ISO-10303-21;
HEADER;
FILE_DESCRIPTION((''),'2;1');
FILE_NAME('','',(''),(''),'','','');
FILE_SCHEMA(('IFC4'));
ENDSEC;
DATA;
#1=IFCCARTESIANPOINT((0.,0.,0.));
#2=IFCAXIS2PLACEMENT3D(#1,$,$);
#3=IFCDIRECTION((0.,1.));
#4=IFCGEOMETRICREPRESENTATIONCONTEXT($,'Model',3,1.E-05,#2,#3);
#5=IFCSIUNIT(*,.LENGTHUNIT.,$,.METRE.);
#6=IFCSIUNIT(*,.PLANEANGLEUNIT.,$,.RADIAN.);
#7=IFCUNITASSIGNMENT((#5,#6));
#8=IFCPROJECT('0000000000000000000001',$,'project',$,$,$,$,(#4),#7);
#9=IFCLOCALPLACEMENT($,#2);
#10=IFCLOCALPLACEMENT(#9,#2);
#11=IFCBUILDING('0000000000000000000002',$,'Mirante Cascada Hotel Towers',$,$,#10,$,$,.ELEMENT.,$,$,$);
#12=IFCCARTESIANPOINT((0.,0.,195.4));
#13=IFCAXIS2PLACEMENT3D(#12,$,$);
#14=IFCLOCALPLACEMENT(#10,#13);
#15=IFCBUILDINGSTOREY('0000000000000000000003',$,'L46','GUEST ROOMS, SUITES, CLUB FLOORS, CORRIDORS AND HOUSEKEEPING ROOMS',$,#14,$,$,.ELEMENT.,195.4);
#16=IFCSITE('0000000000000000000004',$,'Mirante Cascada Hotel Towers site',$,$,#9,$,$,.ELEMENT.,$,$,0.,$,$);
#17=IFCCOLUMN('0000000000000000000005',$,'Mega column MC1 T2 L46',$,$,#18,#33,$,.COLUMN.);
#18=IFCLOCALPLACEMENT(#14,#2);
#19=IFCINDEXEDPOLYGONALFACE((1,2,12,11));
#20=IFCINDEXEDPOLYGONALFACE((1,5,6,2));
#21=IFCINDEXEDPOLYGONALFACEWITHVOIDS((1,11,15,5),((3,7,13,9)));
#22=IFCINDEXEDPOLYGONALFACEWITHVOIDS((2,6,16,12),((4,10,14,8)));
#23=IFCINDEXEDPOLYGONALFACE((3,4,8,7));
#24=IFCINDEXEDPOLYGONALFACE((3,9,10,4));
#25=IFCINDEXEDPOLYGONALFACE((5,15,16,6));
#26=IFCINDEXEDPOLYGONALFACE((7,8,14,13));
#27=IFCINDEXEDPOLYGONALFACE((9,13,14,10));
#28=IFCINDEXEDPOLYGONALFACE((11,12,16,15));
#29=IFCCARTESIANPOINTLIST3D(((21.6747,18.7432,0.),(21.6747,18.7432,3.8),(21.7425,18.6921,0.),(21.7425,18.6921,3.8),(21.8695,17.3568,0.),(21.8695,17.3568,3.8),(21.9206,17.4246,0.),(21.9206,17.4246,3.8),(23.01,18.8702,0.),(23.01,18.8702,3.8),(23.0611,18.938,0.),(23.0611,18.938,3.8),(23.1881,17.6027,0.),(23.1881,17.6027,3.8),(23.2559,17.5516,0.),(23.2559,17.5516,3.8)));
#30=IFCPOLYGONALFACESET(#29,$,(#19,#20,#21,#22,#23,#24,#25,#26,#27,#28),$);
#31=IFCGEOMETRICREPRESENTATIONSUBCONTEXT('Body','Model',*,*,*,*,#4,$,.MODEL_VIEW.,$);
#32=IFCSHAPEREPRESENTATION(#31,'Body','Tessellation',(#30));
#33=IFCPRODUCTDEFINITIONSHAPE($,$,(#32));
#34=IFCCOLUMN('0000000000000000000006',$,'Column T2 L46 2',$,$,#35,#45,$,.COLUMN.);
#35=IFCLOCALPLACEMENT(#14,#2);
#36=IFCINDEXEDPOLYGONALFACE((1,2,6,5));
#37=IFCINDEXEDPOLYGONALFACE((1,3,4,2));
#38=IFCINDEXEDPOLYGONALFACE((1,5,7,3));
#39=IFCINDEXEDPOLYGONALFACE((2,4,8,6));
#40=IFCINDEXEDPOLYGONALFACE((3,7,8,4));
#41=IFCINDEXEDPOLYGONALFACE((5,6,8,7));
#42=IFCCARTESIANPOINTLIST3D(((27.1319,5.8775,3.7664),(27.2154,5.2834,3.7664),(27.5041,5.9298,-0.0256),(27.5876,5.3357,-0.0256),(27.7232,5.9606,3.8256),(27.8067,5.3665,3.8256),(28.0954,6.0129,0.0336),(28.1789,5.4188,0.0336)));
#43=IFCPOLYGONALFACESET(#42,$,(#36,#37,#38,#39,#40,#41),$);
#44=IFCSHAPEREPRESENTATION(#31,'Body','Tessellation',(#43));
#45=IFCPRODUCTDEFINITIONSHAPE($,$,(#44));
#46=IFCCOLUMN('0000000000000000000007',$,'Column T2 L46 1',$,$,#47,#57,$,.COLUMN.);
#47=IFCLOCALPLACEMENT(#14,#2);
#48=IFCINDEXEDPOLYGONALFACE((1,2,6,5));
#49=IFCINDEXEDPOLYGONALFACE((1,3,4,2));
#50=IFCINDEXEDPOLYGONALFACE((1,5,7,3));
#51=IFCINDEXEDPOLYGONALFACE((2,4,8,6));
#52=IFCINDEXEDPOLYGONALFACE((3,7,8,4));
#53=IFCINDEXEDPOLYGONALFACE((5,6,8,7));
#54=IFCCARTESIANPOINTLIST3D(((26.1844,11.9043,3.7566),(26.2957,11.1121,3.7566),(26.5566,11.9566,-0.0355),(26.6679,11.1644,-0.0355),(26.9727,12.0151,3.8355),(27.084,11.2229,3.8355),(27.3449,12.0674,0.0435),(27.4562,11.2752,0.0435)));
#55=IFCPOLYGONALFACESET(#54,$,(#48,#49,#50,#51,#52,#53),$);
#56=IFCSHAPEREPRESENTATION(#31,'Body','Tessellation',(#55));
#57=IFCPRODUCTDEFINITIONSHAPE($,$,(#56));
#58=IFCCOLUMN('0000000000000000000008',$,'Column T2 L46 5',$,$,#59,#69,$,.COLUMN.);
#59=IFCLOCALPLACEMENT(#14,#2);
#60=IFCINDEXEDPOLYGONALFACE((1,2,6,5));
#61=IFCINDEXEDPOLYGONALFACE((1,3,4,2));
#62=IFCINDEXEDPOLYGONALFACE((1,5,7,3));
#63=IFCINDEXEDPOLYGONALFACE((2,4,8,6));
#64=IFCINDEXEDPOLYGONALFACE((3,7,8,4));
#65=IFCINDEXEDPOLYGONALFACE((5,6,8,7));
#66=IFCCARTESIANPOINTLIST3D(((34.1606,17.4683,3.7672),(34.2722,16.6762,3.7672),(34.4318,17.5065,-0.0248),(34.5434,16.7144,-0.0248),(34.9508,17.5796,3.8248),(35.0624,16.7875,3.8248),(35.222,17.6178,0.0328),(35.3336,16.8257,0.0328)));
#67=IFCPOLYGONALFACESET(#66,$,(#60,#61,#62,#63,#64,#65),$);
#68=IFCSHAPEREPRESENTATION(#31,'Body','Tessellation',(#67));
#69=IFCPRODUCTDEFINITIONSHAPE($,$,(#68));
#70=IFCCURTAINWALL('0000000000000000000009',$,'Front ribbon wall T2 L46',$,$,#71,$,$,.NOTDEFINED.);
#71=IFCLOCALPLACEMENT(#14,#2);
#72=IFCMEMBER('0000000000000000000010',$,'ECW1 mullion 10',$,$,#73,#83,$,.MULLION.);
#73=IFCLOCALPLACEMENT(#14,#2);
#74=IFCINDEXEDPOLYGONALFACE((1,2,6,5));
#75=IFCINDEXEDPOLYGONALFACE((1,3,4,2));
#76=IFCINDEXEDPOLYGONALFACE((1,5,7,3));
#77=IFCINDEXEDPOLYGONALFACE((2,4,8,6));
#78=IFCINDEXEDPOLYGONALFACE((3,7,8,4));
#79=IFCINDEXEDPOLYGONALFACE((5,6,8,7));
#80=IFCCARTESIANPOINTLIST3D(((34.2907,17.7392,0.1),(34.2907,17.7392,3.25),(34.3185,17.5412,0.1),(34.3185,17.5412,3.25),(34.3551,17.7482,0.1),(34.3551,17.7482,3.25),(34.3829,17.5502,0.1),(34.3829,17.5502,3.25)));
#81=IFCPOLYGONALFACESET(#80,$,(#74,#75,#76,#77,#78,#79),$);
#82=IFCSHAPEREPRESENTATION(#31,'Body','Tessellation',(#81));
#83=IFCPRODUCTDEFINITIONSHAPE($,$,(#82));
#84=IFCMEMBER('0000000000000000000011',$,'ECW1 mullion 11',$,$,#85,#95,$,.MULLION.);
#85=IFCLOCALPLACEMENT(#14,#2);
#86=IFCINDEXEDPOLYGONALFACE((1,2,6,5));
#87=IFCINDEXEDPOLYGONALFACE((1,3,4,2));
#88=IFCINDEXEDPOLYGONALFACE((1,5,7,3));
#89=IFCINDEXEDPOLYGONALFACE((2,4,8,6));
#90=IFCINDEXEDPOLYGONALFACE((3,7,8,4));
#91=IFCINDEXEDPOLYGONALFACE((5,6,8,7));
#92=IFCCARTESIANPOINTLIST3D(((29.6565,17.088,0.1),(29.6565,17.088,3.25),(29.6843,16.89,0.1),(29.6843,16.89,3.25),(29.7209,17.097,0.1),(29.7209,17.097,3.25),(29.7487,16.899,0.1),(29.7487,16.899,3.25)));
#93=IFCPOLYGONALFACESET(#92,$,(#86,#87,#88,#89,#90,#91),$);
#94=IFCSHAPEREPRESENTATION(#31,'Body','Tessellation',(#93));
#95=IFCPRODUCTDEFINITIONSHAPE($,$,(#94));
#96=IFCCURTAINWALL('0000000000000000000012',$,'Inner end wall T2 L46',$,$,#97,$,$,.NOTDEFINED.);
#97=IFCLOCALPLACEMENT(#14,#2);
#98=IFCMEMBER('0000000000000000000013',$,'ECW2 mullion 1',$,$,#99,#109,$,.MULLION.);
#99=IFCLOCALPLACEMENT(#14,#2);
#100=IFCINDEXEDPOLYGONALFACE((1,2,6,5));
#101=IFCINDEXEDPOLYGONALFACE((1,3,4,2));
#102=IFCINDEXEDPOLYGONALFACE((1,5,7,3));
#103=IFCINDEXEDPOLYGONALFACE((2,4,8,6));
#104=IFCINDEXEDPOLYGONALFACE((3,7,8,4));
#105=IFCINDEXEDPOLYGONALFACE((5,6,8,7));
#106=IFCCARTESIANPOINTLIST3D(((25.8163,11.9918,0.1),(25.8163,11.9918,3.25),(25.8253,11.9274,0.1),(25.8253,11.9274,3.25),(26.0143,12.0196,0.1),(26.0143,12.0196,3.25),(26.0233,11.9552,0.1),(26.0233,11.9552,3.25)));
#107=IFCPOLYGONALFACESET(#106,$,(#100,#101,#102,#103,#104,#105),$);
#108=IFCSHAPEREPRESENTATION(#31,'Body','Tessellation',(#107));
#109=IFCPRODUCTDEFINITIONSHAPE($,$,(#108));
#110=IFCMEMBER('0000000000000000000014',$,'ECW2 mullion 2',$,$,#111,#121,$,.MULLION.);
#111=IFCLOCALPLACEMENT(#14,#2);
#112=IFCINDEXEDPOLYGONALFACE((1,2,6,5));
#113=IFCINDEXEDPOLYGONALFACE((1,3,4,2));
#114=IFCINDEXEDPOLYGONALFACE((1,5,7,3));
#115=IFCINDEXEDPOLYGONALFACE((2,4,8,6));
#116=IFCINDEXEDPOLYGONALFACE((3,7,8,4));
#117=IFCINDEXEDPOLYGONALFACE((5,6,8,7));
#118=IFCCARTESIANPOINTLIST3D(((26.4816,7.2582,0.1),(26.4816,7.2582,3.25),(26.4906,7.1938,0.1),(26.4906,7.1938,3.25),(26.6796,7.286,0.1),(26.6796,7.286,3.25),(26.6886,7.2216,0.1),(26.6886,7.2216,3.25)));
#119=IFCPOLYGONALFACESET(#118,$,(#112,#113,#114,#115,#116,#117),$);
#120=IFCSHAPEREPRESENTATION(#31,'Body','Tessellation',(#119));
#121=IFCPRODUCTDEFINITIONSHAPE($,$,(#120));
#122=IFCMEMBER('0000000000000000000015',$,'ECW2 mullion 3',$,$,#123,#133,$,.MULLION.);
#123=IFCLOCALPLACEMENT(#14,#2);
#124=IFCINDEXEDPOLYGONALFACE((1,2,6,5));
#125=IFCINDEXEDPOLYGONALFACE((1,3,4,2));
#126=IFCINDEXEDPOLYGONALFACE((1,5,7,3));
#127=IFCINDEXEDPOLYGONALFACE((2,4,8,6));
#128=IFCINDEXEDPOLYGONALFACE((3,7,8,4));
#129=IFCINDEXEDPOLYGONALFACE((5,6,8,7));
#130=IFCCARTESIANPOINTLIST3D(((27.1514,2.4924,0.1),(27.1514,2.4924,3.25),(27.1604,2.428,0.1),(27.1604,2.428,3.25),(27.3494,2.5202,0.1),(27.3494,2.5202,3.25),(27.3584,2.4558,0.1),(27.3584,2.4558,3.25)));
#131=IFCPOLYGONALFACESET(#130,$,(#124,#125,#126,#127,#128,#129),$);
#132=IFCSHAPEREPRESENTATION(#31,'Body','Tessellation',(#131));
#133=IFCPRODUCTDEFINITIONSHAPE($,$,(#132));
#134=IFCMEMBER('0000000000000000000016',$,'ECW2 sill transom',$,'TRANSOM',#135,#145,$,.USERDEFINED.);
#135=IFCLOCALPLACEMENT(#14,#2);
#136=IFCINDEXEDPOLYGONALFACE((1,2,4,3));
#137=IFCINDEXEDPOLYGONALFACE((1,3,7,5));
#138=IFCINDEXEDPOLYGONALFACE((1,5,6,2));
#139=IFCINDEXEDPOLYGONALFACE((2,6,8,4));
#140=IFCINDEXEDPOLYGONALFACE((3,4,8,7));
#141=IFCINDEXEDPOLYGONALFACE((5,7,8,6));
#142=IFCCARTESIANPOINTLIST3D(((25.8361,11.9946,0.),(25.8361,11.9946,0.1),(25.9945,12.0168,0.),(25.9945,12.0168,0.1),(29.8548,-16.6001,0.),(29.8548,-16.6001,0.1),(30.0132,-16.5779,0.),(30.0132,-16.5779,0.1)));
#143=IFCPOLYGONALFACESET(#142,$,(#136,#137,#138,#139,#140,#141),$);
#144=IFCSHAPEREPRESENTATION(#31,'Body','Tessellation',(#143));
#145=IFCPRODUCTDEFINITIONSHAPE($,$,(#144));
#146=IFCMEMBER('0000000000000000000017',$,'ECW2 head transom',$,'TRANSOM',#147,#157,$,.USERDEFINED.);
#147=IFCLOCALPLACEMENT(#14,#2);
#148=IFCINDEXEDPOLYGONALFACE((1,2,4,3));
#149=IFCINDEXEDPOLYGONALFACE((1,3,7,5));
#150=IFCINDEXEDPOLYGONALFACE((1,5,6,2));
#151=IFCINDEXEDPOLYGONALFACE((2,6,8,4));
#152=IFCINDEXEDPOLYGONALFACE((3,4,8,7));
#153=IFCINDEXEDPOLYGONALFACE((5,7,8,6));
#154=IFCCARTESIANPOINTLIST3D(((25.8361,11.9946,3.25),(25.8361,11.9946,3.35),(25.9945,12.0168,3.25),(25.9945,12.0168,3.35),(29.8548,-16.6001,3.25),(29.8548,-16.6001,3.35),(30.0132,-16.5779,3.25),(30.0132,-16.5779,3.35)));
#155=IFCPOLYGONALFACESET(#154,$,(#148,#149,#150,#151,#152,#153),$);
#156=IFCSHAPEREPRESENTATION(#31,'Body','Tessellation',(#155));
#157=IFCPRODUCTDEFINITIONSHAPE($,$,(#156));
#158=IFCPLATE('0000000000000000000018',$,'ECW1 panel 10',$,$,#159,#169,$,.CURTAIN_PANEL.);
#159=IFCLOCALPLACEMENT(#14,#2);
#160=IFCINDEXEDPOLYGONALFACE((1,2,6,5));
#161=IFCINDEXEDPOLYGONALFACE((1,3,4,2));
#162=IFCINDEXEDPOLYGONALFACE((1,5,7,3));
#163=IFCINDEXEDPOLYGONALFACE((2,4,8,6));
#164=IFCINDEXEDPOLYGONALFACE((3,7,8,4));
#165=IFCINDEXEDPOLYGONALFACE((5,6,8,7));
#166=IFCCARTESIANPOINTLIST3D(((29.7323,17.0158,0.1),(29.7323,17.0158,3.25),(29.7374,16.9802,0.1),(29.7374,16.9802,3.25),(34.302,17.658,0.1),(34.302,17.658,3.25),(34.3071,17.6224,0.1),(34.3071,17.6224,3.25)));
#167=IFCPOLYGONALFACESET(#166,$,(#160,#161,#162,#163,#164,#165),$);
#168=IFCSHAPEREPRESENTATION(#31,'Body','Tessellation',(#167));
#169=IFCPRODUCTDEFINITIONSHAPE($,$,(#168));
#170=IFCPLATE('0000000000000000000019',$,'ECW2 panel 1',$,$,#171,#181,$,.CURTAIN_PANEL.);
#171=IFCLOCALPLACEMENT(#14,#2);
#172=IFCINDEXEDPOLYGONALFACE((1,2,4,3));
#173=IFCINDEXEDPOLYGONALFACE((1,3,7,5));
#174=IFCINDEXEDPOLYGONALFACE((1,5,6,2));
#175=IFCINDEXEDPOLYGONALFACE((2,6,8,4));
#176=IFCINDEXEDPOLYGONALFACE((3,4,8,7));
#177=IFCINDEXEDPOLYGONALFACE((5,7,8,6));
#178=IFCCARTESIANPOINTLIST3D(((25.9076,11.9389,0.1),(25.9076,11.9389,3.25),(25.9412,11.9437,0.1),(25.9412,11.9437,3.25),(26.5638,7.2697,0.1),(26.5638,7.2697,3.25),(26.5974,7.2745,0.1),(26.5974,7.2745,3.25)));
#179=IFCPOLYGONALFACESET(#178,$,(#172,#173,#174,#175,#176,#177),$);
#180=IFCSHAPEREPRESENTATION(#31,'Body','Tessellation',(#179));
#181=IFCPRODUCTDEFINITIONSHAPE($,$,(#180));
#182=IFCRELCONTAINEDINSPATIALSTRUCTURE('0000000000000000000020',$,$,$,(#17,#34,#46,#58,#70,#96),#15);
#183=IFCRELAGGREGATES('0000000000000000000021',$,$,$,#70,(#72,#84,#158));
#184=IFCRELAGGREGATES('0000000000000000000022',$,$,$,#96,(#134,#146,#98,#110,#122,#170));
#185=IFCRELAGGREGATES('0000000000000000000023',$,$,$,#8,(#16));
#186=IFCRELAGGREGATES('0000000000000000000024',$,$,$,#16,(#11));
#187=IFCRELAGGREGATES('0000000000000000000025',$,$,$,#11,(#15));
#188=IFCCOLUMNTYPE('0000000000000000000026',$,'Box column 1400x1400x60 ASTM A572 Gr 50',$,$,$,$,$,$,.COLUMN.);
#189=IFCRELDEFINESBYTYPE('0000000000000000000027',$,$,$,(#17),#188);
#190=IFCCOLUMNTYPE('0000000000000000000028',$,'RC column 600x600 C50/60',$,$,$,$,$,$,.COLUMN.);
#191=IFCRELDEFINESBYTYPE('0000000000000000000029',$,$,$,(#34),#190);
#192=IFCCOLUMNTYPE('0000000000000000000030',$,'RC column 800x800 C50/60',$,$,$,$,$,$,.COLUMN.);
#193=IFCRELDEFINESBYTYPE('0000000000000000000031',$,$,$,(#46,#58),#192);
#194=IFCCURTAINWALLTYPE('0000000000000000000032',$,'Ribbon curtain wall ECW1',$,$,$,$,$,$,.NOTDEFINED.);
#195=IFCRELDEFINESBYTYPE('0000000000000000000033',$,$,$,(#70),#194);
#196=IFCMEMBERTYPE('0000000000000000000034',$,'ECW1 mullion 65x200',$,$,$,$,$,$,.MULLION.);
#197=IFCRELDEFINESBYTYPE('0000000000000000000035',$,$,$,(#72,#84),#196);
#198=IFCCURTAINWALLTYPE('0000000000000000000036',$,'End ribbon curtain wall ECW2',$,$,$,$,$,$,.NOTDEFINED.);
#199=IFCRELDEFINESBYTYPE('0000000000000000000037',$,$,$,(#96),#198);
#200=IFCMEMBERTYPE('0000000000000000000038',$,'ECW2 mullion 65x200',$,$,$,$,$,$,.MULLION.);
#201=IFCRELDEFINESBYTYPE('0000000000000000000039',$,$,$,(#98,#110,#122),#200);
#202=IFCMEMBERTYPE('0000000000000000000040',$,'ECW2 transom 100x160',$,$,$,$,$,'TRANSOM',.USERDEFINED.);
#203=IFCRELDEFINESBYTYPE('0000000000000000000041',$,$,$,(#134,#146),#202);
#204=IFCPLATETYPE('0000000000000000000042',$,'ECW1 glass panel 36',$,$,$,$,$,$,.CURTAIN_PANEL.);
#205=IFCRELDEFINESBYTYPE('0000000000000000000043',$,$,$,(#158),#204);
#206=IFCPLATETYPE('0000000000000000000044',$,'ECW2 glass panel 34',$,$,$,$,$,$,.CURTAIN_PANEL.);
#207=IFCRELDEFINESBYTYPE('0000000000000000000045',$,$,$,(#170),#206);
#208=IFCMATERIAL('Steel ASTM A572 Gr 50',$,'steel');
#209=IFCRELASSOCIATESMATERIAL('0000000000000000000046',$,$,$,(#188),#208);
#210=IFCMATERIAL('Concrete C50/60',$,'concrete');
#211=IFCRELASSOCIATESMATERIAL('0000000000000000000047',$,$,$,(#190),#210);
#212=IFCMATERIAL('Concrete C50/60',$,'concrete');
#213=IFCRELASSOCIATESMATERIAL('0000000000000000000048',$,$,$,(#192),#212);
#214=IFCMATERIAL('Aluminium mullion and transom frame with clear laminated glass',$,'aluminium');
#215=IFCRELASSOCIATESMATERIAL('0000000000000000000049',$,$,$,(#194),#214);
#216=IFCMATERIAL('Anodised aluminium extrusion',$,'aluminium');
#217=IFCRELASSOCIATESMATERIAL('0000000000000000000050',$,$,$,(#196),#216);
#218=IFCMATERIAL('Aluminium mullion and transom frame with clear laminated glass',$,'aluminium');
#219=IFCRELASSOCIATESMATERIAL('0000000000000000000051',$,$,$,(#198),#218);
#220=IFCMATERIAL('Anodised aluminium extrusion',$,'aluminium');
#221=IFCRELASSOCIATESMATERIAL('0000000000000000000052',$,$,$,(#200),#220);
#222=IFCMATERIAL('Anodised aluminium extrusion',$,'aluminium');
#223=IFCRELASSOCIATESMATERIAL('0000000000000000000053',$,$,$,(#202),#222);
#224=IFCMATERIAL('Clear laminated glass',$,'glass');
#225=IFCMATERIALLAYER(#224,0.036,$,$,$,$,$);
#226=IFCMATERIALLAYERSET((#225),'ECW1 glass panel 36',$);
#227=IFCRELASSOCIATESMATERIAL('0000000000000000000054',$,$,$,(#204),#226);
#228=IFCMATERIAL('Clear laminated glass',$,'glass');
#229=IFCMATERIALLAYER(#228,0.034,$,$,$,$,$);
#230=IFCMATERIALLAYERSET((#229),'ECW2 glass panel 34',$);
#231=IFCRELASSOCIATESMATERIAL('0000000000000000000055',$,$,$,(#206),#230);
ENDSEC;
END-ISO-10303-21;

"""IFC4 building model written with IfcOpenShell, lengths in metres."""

from ifc_helpers import new_model, si_unit, direction, frame, origin, origin_2d, place, context, subcontext, project, spatial, rectangle, hollow_rectangle, extrude, material, layer, layer_set, material_profile, profile_set, type_object, element, aggregate, save


model = new_model("IFC4")

# Units and contexts
model_context = context("Model", 3, precision=1e-05, world=origin(), true_north=direction((0.0, 1.0)))
body_context = subcontext(model_context, "Body", "Model", "MODEL_VIEW")
ifc_project = project(units=[si_unit("LENGTHUNIT", "METRE"), si_unit("PLANEANGLEUNIT", "RADIAN")], contexts=[model_context])

# Site, building, storey
site_placement = place(None, origin())
site = spatial("IfcSite", under=ifc_project, at=site_placement, Name="Mirante Cascada Hotel Towers site", CompositionType="ELEMENT", RefElevation=0.0)
building_placement = place(site_placement, origin())
building = spatial("IfcBuilding", under=site, at=building_placement, Name="Mirante Cascada Hotel Towers", CompositionType="ELEMENT")
storey_placement = place(building_placement, frame((0.0, 0.0, 195.4)))
storey = spatial("IfcBuildingStorey", under=building, at=storey_placement, Name="L46", Description="GUEST ROOMS, SUITES, CLUB FLOORS, CORRIDORS AND HOUSEKEEPING ROOMS", CompositionType="ELEMENT", Elevation=195.4)

# Columns
ifc_material_1 = material(Name="Steel ASTM A572 Gr 50", Category="steel")
ifc_material_profile_1 = material_profile(ifc_material_1, hollow_rectangle(XDim=1.4, YDim=1.4, WallThickness=0.06, at=origin_2d()), Name="Box column 1400x1400x60 ASTM A572 Gr 50")
ifc_profile_set_1 = profile_set([ifc_material_profile_1], Name="Steel ASTM A572 Gr 50")
column_type_1 = type_object("IfcColumnType", Name="Box column 1400x1400x60 ASTM A572 Gr 50", PredefinedType="COLUMN", material=ifc_profile_set_1)
column_1_placement = place(storey_placement, frame((22.4653, 18.1474, 0.0), z_axis=(0.0, 0.0, 1.0), x_axis=(0.990268, 0.139173, 0.0)))
element("IfcColumn", 1, at=column_1_placement, inside=storey, type_object=column_type_1, Name="Mega column MC1 T2 L46", PredefinedType="COLUMN", context=body_context, shape_type="SweptSolid", body=[
    extrude(hollow_rectangle(XDim=1.4, YDim=1.4, WallThickness=0.06, at=origin_2d()), origin(), (0.0, 0.0, 1.0), 3.8),
])
ifc_material_2 = material(Name="Concrete C50/60", Category="concrete")
ifc_material_profile_2 = material_profile(ifc_material_2, rectangle(XDim=0.6, YDim=0.6, at=origin_2d()), Name="RC column 600x600 C50/60")
ifc_profile_set_2 = profile_set([ifc_material_profile_2], Name="Concrete C50/60")
column_type_2 = type_object("IfcColumnType", Name="RC column 600x600 C50/60", PredefinedType="COLUMN", material=ifc_profile_set_2)
column_2_placement = place(storey_placement, frame((27.8415, 5.6743, 0.004), z_axis=(-0.097675, -0.013725, 0.995124), x_axis=(0.139149, -0.990271, 0.0)))
element("IfcColumn", 2, at=column_2_placement, inside=storey, type_object=column_type_2, Name="Column T2 L46 2", PredefinedType="COLUMN", context=body_context, shape_type="SweptSolid", body=[
    extrude(rectangle(XDim=0.6, YDim=0.6, at=origin_2d()), origin(), (0.0, 0.0, 1.0), 3.8106),
])
ifc_material_3 = material(Name="Concrete C50/60", Category="concrete")
ifc_material_profile_3 = material_profile(ifc_material_3, rectangle(XDim=0.8, YDim=0.8, at=origin_2d()), Name="RC column 800x800 C50/60")
ifc_profile_set_3 = profile_set([ifc_material_profile_3], Name="Concrete C50/60")
column_type_3 = type_object("IfcColumnType", Name="RC column 800x800 C50/60", PredefinedType="COLUMN", material=ifc_profile_set_3)
column_3_placement = place(storey_placement, frame((27.0064, 11.6159, 0.004), z_axis=(-0.097675, -0.013725, 0.995124), x_axis=(0.139149, -0.990271, 0.0)))
element("IfcColumn", 3, at=column_3_placement, inside=storey, type_object=column_type_3, Name="Column T2 L46 1", PredefinedType="COLUMN", context=body_context, shape_type="SweptSolid", body=[
    extrude(rectangle(XDim=0.8, YDim=0.8, at=origin_2d()), origin(), (0.0, 0.0, 1.0), 3.8106),
])
column_4_placement = place(storey_placement, frame((34.8827, 17.1661, 0.004), z_axis=(-0.071333, -0.010048, 0.997402), x_axis=(0.139479, -0.990225, 0.0)))
element("IfcColumn", 4, at=column_4_placement, inside=storey, type_object=column_type_3, Name="Column T2 L46 5", PredefinedType="COLUMN", context=body_context, shape_type="SweptSolid", body=[
    extrude(rectangle(XDim=0.8, YDim=0.8, at=origin_2d()), origin(), (0.0, 0.0, 1.0), 3.8019),
])

# Curtain walls, members
ifc_material_4 = material(Name="Aluminium mullion and transom frame with clear laminated glass", Category="aluminium")
curtain_wall_type_1 = type_object("IfcCurtainWallType", Name="Ribbon curtain wall ECW1", PredefinedType="NOTDEFINED", material=ifc_material_4)
curtain_wall_1_placement = place(storey_placement, origin())
curtain_wall_1 = element("IfcCurtainWall", 5, at=curtain_wall_1_placement, inside=storey, type_object=curtain_wall_type_1, Name="Front ribbon wall T2 L46", PredefinedType="NOTDEFINED")
ifc_material_5 = material(Name="Anodised aluminium extrusion", Category="aluminium")
ifc_material_profile_4 = material_profile(ifc_material_5, rectangle(XDim=0.2, YDim=0.065, at=origin_2d()), Name="ECW1 MULLION 65x200")
ifc_profile_set_4 = profile_set([ifc_material_profile_4], Name="Anodised aluminium extrusion")
member_type_1 = type_object("IfcMemberType", Name="ECW1 mullion 65x200", PredefinedType="MULLION", material=ifc_profile_set_4)
member_1_placement = place(storey_placement, frame((34.3368, 17.6447, 0.1), z_axis=(0.0, 0.0, 1.0), x_axis=(0.139173, -0.990268, 0.0)))
member_1 = element("IfcMember", 6, at=member_1_placement, type_object=member_type_1, Name="ECW1 mullion 10", PredefinedType="MULLION", context=body_context, shape_type="SweptSolid", body=[
    extrude(rectangle(XDim=0.2, YDim=0.065, at=origin_2d()), origin(), (0.0, 0.0, 1.0), 3.15),
])
member_2_placement = place(storey_placement, frame((29.7026, 16.9935, 0.1), z_axis=(0.0, 0.0, 1.0), x_axis=(0.139173, -0.990268, 0.0)))
member_2 = element("IfcMember", 7, at=member_2_placement, type_object=member_type_1, Name="ECW1 mullion 11", PredefinedType="MULLION", context=body_context, shape_type="SweptSolid", body=[
    extrude(rectangle(XDim=0.2, YDim=0.065, at=origin_2d()), origin(), (0.0, 0.0, 1.0), 3.15),
])
ifc_material_6 = material(Name="Aluminium mullion and transom frame with clear laminated glass", Category="aluminium")
curtain_wall_type_2 = type_object("IfcCurtainWallType", Name="End ribbon curtain wall ECW2", PredefinedType="NOTDEFINED", material=ifc_material_6)
curtain_wall_2_placement = place(storey_placement, origin())
curtain_wall_2 = element("IfcCurtainWall", 8, at=curtain_wall_2_placement, inside=storey, type_object=curtain_wall_type_2, Name="Inner end wall T2 L46", PredefinedType="NOTDEFINED")
ifc_material_7 = material(Name="Anodised aluminium extrusion", Category="aluminium")
ifc_material_profile_5 = material_profile(ifc_material_7, rectangle(XDim=0.2, YDim=0.065, at=origin_2d()), Name="ECW2 MULLION 65x200")
ifc_profile_set_5 = profile_set([ifc_material_profile_5], Name="Anodised aluminium extrusion")
member_type_2 = type_object("IfcMemberType", Name="ECW2 mullion 65x200", PredefinedType="MULLION", material=ifc_profile_set_5)
member_3_placement = place(storey_placement, frame((25.9198, 11.9735, 0.1), z_axis=(0.0, 0.0, 1.0), x_axis=(0.990268, 0.139173, 0.0)))
member_3 = element("IfcMember", 9, at=member_3_placement, type_object=member_type_2, Name="ECW2 mullion 1", PredefinedType="MULLION", context=body_context, shape_type="SweptSolid", body=[
    extrude(rectangle(XDim=0.2, YDim=0.065, at=origin_2d()), origin(), (0.0, 0.0, 1.0), 3.15),
])
member_4_placement = place(storey_placement, frame((26.5851, 7.2399, 0.1), z_axis=(0.0, 0.0, 1.0), x_axis=(0.990268, 0.139173, 0.0)))
member_4 = element("IfcMember", 10, at=member_4_placement, type_object=member_type_2, Name="ECW2 mullion 2", PredefinedType="MULLION", context=body_context, shape_type="SweptSolid", body=[
    extrude(rectangle(XDim=0.2, YDim=0.065, at=origin_2d()), origin(), (0.0, 0.0, 1.0), 3.15),
])
member_5_placement = place(storey_placement, frame((27.2549, 2.4741, 0.1), z_axis=(0.0, 0.0, 1.0), x_axis=(0.990268, 0.139173, 0.0)))
member_5 = element("IfcMember", 11, at=member_5_placement, type_object=member_type_2, Name="ECW2 mullion 3", PredefinedType="MULLION", context=body_context, shape_type="SweptSolid", body=[
    extrude(rectangle(XDim=0.2, YDim=0.065, at=origin_2d()), origin(), (0.0, 0.0, 1.0), 3.15),
])
ifc_material_8 = material(Name="Anodised aluminium extrusion", Category="aluminium")
ifc_material_profile_6 = material_profile(ifc_material_8, rectangle(XDim=0.16, YDim=0.1, at=origin_2d()), Name="ECW2 TRANSOM 100x160")
ifc_profile_set_6 = profile_set([ifc_material_profile_6], Name="Anodised aluminium extrusion")
member_type_3 = type_object("IfcMemberType", Name="ECW2 transom 100x160", ElementType="TRANSOM", PredefinedType="USERDEFINED", material=ifc_profile_set_6)
member_6_placement = place(storey_placement, frame((25.9153, 12.0057, 0.05), z_axis=(0.139172, -0.990268, 0.0), x_axis=(0.990268, 0.139172, 0.0)))
member_6 = element("IfcMember", 12, at=member_6_placement, type_object=member_type_3, Name="ECW2 sill transom", ObjectType="TRANSOM", PredefinedType="USERDEFINED", context=body_context, shape_type="SweptSolid", body=[
    extrude(rectangle(XDim=0.16, YDim=0.1, at=origin_2d()), origin(), (0.0, 0.0, 1.0), 28.8757),
])
member_7_placement = place(storey_placement, frame((25.9153, 12.0057, 3.3), z_axis=(0.139172, -0.990268, 0.0), x_axis=(0.990268, 0.139172, 0.0)))
member_7 = element("IfcMember", 13, at=member_7_placement, type_object=member_type_3, Name="ECW2 head transom", ObjectType="TRANSOM", PredefinedType="USERDEFINED", context=body_context, shape_type="SweptSolid", body=[
    extrude(rectangle(XDim=0.16, YDim=0.1, at=origin_2d()), origin(), (0.0, 0.0, 1.0), 28.8757),
])

# Plates
ifc_material_9 = material(Name="Clear laminated glass", Category="glass")
ifc_layer_1 = layer(ifc_material_9, 0.036)
ifc_layer_set_1 = layer_set([ifc_layer_1], Name="ECW1 glass panel 36")
plate_type_1 = type_object("IfcPlateType", Name="ECW1 glass panel 36", PredefinedType="CURTAIN_PANEL", material=ifc_layer_set_1)
plate_1_placement = place(storey_placement, frame((32.0197, 17.3191, 0.1), z_axis=(0.0, 0.0, 1.0), x_axis=(-0.990268, -0.139173, 0.0)))
plate_1 = element("IfcPlate", 14, at=plate_1_placement, type_object=plate_type_1, Name="ECW1 panel 10", PredefinedType="CURTAIN_PANEL", context=body_context, shape_type="SweptSolid", body=[
    extrude(rectangle(XDim=4.6146, YDim=0.036, at=origin_2d()), origin(), (0.0, 0.0, 1.0), 3.15),
])
aggregate(curtain_wall_1, [member_1, member_2, plate_1])
ifc_material_10 = material(Name="Clear laminated glass", Category="glass")
ifc_layer_2 = layer(ifc_material_10, 0.034)
ifc_layer_set_2 = layer_set([ifc_layer_2], Name="ECW2 glass panel 34")
plate_type_2 = type_object("IfcPlateType", Name="ECW2 glass panel 34", PredefinedType="CURTAIN_PANEL", material=ifc_layer_set_2)
plate_2_placement = place(storey_placement, frame((26.2525, 9.6067, 0.1), z_axis=(0.0, 0.0, 1.0), x_axis=(0.139173, -0.990268, 0.0)))
plate_2 = element("IfcPlate", 15, at=plate_2_placement, type_object=plate_type_2, Name="ECW2 panel 1", PredefinedType="CURTAIN_PANEL", context=body_context, shape_type="SweptSolid", body=[
    extrude(rectangle(XDim=4.7151, YDim=0.034, at=origin_2d()), origin(), (0.0, 0.0, 1.0), 3.15),
])
aggregate(curtain_wall_2, [member_6, member_7, member_3, member_4, member_5, plate_2])

save(model, "model.ifc")
